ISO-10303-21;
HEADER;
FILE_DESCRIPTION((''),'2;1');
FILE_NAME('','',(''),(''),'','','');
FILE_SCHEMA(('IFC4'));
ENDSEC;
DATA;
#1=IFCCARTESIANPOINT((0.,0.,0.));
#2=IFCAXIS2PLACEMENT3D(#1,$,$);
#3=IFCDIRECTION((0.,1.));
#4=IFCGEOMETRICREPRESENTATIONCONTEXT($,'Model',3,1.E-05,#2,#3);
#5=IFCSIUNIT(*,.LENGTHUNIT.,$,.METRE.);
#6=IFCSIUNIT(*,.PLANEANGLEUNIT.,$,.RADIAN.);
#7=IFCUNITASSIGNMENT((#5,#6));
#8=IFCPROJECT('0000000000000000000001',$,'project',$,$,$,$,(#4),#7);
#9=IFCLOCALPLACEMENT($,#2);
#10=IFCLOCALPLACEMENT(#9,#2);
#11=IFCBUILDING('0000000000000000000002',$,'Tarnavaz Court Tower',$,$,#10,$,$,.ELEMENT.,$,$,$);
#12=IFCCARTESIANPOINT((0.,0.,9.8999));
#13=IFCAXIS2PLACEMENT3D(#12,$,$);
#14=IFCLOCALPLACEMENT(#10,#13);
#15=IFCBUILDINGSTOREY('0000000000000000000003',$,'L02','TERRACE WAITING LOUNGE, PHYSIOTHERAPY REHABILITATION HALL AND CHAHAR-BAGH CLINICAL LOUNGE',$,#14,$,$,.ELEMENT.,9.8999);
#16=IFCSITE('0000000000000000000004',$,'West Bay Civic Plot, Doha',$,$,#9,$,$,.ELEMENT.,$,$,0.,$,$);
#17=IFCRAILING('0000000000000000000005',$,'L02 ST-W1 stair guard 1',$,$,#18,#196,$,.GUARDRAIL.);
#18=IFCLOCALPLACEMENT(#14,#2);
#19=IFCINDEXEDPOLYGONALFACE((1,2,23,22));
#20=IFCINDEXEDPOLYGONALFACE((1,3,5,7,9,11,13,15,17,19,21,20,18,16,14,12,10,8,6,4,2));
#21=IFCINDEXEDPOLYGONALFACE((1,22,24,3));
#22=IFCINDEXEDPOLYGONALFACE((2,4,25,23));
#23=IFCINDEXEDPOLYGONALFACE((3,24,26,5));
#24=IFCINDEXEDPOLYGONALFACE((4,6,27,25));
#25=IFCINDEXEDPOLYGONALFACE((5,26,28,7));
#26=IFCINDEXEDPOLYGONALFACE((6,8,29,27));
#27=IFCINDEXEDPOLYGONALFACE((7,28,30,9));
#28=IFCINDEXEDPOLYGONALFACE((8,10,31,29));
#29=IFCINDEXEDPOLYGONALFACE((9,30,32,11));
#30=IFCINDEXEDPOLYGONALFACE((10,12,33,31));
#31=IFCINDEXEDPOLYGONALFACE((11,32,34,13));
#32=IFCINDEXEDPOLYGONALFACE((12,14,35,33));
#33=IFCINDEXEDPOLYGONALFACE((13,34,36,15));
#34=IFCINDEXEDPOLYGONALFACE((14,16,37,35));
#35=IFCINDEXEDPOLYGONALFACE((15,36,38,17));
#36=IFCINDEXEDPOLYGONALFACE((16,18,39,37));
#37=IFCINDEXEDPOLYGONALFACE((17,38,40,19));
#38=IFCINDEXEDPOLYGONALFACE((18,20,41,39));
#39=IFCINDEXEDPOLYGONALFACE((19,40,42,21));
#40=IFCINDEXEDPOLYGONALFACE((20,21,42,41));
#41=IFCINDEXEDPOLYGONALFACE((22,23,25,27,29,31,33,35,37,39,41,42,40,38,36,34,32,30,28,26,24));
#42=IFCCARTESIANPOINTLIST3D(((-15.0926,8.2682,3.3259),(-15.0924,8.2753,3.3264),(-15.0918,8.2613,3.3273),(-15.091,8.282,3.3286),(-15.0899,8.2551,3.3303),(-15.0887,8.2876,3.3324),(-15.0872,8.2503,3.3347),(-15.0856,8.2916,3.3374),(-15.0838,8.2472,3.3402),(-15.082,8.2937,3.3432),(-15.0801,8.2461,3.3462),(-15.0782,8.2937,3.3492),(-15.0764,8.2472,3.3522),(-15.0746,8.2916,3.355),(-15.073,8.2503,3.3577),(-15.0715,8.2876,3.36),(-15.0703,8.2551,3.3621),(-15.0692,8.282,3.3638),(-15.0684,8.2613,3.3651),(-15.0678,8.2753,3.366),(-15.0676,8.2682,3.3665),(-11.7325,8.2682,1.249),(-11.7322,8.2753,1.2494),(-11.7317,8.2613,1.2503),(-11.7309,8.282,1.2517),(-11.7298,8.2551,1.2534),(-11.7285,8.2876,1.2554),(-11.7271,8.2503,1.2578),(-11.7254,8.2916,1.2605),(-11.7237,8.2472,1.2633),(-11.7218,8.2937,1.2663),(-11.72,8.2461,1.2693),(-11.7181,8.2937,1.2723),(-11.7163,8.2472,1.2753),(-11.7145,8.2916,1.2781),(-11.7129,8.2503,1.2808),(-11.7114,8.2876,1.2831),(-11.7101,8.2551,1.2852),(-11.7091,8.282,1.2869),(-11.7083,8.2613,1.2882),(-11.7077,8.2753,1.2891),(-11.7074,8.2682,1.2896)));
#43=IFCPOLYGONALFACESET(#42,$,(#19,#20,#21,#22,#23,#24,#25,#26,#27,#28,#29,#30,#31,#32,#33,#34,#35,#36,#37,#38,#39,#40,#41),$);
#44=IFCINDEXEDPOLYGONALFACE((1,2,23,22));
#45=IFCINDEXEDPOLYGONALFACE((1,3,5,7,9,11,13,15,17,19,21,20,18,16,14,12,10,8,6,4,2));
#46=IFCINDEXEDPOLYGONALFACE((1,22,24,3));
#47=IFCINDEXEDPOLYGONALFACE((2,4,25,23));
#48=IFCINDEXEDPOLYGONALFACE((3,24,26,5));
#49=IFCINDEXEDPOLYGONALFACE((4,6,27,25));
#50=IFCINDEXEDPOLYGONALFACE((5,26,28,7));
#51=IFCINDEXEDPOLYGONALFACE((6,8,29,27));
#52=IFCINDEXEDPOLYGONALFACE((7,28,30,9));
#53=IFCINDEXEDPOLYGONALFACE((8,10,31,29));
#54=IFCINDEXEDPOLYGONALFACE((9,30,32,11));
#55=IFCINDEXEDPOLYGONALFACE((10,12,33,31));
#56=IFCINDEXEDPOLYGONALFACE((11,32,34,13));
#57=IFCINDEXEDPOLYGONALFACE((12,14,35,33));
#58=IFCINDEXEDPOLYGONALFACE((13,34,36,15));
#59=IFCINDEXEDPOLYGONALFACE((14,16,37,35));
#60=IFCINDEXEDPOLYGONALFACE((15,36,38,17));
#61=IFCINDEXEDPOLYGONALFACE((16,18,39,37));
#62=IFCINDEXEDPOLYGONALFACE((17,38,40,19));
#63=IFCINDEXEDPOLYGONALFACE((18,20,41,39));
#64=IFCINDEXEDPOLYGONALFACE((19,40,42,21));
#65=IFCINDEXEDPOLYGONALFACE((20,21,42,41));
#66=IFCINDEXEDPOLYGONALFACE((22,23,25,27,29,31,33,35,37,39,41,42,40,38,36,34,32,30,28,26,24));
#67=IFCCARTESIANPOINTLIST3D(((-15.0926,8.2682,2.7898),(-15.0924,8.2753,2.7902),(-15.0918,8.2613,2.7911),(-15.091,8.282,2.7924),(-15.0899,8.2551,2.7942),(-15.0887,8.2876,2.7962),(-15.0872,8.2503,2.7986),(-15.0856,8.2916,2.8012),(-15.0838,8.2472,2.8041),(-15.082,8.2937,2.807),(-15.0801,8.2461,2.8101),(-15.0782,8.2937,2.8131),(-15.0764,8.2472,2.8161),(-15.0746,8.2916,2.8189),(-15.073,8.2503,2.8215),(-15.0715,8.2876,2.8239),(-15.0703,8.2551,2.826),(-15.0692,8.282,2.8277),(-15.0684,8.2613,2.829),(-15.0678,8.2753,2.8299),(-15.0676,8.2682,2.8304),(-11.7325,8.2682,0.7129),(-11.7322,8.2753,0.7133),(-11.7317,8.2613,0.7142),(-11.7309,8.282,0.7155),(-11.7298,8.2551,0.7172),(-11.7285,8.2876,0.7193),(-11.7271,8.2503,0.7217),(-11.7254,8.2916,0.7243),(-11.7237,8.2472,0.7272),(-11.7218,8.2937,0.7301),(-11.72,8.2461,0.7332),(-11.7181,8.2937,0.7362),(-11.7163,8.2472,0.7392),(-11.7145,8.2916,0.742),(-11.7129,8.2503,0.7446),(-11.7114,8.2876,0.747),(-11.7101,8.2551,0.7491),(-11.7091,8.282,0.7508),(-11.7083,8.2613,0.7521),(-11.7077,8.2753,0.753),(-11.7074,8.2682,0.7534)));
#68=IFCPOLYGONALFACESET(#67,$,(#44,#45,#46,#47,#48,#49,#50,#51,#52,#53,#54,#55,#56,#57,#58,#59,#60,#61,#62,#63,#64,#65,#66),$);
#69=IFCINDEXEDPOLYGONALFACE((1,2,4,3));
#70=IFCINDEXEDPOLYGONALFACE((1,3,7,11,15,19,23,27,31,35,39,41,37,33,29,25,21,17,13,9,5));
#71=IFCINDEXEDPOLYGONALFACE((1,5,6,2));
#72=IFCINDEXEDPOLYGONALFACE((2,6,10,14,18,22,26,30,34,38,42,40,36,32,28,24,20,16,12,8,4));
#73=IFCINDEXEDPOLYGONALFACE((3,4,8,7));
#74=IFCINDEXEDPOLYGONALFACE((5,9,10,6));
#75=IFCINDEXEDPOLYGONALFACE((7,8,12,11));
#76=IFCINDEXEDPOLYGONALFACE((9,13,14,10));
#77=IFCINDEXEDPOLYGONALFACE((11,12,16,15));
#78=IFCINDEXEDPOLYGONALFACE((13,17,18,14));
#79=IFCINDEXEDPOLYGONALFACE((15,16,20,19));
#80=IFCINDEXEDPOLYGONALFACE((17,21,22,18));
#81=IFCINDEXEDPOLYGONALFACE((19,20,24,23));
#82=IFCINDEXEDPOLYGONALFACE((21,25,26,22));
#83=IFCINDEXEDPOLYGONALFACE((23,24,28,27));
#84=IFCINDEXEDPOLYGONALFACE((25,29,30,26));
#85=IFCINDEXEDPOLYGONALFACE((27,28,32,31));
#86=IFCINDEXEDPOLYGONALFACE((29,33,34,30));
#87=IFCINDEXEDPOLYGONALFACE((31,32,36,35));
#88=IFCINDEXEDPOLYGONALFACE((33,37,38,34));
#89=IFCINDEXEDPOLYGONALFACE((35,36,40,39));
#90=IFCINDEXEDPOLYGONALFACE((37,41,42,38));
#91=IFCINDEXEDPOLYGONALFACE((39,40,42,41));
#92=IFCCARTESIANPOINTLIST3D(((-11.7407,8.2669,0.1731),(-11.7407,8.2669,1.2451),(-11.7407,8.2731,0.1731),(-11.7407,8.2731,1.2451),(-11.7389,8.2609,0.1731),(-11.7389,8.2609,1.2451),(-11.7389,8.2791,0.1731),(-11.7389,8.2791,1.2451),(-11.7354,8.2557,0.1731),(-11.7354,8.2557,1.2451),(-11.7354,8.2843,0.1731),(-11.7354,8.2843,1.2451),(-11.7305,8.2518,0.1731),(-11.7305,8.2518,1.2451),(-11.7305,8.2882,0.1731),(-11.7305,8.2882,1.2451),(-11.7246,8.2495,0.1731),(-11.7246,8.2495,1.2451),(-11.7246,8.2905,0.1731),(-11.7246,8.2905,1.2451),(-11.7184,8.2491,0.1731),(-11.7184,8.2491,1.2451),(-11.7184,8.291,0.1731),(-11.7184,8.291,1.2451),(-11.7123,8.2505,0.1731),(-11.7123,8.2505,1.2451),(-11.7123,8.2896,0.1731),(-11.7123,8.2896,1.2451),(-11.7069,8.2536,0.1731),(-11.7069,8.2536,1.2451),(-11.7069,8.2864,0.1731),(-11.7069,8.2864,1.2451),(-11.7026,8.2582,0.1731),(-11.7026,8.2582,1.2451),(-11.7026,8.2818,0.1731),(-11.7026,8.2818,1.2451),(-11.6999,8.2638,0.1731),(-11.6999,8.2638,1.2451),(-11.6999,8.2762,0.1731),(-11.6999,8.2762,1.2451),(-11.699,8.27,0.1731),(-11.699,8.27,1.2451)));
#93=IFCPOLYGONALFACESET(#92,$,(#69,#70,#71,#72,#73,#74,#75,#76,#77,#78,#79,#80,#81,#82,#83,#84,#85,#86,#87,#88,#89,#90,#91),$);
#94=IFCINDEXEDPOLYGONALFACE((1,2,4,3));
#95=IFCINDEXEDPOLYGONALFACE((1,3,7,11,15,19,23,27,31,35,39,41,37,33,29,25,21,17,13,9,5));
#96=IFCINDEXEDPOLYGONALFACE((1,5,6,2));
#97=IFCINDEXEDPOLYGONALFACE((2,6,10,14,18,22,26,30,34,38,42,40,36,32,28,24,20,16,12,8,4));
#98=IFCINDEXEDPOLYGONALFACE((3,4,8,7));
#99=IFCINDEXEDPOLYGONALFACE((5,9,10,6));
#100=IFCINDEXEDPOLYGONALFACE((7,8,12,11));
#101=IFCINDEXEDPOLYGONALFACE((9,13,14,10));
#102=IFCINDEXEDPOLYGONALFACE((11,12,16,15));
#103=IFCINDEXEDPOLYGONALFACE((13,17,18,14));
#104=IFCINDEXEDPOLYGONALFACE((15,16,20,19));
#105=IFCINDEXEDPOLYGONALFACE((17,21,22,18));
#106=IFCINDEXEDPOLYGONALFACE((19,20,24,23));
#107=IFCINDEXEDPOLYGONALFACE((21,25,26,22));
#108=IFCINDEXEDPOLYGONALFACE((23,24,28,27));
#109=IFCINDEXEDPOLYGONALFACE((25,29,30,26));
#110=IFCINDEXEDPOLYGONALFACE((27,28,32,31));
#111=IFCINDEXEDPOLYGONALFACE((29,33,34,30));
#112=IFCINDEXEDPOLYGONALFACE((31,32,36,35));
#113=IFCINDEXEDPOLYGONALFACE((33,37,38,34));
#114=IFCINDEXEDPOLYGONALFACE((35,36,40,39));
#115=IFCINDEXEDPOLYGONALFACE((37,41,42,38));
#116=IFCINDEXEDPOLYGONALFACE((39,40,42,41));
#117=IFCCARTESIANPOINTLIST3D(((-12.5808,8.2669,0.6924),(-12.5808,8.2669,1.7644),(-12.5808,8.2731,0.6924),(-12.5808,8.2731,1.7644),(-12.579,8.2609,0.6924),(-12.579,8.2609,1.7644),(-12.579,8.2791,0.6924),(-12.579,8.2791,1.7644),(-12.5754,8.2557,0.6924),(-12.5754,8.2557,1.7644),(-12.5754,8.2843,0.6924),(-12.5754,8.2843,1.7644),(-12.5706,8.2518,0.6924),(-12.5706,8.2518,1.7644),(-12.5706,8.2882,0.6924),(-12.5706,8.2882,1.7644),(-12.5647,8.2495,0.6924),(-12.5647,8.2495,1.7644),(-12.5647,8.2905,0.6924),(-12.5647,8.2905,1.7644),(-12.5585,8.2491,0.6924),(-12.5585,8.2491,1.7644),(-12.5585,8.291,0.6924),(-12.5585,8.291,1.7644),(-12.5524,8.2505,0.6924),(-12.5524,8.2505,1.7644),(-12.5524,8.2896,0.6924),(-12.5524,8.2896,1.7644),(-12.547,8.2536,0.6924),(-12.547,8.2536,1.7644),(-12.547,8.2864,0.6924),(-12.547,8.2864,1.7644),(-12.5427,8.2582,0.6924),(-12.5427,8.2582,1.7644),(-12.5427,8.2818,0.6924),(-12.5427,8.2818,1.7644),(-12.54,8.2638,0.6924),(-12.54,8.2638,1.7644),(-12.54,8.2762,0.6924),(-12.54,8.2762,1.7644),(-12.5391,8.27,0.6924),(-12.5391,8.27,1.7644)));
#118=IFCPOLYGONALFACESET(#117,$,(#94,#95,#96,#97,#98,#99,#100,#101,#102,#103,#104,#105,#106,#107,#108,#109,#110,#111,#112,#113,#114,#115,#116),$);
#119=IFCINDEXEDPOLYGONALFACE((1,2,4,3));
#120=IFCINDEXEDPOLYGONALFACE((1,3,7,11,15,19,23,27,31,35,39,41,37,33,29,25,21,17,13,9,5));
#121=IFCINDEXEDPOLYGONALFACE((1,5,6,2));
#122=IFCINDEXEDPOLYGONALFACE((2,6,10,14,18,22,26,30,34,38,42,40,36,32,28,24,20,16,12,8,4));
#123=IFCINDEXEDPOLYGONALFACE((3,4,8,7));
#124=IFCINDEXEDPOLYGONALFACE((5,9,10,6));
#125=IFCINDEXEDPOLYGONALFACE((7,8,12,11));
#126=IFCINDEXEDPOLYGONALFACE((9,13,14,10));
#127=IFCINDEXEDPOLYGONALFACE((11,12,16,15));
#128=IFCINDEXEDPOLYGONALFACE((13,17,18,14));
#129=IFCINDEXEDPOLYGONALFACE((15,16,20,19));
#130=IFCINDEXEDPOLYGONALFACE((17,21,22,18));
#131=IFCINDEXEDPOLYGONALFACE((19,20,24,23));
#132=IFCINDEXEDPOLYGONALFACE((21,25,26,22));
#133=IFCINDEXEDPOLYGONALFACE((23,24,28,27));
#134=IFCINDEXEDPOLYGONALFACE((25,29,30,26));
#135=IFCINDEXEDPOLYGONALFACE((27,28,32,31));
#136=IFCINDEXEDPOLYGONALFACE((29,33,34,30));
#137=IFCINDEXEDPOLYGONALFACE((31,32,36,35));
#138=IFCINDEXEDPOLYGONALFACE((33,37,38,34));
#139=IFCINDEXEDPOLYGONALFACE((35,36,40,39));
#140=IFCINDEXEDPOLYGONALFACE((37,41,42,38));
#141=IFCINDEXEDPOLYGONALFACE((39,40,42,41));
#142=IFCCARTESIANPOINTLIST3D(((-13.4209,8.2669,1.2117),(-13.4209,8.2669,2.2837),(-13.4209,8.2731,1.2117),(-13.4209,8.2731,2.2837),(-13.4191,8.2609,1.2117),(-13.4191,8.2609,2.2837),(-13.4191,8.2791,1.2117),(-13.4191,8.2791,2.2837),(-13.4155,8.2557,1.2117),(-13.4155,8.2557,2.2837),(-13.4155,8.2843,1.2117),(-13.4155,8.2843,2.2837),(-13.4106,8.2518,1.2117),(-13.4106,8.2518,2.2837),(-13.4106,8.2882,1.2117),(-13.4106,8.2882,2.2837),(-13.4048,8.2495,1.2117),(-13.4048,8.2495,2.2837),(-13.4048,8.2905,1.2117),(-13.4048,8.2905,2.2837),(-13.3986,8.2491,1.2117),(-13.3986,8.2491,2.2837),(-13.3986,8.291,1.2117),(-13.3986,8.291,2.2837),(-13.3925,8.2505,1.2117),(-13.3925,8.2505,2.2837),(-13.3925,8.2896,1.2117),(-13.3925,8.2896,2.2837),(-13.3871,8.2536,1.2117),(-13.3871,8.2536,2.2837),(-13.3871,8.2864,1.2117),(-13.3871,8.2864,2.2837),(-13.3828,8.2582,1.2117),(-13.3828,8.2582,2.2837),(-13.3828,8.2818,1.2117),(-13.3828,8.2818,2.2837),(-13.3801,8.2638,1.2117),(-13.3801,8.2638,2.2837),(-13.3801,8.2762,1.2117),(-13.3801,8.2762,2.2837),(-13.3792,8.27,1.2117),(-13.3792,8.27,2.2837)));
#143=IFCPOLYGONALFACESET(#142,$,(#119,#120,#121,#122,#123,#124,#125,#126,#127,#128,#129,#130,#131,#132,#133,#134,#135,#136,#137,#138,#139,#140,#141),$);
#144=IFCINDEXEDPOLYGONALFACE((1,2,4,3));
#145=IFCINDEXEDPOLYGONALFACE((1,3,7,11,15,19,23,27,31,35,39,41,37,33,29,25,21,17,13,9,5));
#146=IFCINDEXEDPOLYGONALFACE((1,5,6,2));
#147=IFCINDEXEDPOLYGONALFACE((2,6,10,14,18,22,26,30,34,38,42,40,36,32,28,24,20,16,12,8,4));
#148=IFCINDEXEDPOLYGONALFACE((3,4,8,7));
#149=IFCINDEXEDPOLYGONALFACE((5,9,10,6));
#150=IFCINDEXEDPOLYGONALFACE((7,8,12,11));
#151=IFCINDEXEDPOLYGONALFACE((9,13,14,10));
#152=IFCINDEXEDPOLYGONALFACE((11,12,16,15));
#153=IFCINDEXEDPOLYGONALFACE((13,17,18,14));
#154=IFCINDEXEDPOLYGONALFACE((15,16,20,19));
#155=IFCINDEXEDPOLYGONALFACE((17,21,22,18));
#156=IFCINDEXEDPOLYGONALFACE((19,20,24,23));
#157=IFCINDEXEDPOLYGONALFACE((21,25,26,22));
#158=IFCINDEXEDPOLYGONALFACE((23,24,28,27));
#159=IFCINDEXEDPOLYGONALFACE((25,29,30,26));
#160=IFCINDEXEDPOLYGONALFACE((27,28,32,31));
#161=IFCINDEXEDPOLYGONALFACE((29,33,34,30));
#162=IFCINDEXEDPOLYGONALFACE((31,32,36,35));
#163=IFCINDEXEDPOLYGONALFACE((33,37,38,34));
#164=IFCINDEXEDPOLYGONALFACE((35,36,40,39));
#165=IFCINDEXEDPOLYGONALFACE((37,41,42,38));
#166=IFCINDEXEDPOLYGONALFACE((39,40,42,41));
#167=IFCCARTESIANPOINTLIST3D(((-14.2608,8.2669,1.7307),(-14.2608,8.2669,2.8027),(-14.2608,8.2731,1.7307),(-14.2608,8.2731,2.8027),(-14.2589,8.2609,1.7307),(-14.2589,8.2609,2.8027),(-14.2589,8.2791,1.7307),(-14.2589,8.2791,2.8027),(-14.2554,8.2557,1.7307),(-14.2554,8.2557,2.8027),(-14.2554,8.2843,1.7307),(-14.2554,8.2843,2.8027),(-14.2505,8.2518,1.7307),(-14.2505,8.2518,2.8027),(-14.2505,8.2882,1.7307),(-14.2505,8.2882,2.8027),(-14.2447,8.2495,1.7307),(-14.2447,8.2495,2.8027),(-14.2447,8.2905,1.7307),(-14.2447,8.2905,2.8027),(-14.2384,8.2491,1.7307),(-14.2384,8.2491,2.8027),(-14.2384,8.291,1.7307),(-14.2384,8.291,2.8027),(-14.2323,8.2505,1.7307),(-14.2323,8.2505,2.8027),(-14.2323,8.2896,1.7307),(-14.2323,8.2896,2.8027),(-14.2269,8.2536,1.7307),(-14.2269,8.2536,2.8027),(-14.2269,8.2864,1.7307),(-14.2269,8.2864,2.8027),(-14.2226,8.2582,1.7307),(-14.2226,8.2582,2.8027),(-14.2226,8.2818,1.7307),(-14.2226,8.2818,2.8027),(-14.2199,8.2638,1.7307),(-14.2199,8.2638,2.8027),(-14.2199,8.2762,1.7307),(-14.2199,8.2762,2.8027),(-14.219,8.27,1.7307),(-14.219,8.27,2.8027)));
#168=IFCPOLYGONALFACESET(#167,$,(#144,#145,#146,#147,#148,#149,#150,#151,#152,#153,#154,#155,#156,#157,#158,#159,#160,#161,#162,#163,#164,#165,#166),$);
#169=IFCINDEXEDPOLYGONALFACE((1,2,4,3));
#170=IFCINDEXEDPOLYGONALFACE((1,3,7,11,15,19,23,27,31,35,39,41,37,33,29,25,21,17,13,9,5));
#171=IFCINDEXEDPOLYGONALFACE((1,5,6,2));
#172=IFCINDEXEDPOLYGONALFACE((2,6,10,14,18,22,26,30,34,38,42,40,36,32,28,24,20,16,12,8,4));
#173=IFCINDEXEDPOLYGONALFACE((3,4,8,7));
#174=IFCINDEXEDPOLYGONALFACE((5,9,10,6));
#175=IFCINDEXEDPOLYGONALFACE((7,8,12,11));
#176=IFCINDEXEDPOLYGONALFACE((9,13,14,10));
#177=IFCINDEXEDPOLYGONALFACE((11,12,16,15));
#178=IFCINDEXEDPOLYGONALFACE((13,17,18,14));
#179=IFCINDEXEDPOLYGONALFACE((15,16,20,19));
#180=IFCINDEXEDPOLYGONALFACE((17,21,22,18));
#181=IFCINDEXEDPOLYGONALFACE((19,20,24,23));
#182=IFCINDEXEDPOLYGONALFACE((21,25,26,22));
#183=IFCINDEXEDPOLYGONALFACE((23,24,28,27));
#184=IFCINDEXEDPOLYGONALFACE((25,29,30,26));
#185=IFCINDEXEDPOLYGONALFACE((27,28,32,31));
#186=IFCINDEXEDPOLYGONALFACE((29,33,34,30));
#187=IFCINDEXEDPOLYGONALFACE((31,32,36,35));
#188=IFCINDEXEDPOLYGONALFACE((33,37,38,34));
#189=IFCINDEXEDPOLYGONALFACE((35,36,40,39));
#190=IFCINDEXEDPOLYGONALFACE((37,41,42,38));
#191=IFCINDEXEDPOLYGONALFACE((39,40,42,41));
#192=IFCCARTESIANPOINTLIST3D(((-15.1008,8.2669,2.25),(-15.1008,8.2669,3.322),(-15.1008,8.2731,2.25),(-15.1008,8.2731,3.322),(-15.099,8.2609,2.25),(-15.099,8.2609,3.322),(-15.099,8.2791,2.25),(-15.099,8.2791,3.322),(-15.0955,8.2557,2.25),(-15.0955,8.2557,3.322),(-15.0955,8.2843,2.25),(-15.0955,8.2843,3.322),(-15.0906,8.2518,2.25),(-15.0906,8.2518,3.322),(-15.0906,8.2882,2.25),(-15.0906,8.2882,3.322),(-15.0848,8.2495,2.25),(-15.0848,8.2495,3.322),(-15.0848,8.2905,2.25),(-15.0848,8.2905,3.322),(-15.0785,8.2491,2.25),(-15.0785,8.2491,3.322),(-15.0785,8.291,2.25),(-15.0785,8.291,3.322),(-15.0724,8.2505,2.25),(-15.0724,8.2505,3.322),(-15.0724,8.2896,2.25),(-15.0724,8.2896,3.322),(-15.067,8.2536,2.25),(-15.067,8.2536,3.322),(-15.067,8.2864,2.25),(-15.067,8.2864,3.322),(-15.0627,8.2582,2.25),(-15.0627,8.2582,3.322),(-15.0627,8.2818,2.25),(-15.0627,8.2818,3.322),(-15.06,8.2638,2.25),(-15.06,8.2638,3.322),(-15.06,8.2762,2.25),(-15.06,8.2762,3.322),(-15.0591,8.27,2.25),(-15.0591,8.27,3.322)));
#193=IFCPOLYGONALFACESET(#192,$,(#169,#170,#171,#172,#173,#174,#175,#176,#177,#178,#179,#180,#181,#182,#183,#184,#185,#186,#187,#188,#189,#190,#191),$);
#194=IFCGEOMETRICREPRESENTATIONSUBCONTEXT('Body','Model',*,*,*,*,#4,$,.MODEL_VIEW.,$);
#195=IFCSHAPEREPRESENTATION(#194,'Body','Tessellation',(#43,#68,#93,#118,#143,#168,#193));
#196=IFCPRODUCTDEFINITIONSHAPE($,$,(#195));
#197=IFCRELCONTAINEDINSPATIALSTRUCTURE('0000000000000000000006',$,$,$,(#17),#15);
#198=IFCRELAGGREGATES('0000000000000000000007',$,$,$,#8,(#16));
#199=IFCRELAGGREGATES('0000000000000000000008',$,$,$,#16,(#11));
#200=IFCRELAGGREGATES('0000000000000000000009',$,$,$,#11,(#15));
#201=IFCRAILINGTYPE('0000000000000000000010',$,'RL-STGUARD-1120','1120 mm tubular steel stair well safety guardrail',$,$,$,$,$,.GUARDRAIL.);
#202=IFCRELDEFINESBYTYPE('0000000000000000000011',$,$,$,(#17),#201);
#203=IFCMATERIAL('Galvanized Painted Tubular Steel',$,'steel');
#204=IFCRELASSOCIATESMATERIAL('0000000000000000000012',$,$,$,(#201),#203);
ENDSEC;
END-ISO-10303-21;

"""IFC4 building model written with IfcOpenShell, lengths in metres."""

from ifc_helpers import new_model, si_unit, direction, frame, origin, origin_2d, place, context, subcontext, project, spatial, circle, extrude, material, type_object, element, save


model = new_model("IFC4")

# Units and contexts
model_context = context("Model", 3, precision=1e-05, world=origin(), true_north=direction((0.0, 1.0)))
body_context = subcontext(model_context, "Body", "Model", "MODEL_VIEW")
ifc_project = project(units=[si_unit("LENGTHUNIT", "METRE"), si_unit("PLANEANGLEUNIT", "RADIAN")], contexts=[model_context])

# Site, building, storey
site_placement = place(None, origin())
site = spatial("IfcSite", under=ifc_project, at=site_placement, Name="West Bay Civic Plot, Doha", CompositionType="ELEMENT", RefElevation=0.0)
building_placement = place(site_placement, origin())
building = spatial("IfcBuilding", under=site, at=building_placement, Name="Tarnavaz Court Tower", CompositionType="ELEMENT")
storey_placement = place(building_placement, frame((0.0, 0.0, 9.8999)))
storey = spatial("IfcBuildingStorey", under=building, at=storey_placement, Name="L02", Description="TERRACE WAITING LOUNGE, PHYSIOTHERAPY REHABILITATION HALL AND CHAHAR-BAGH CLINICAL LOUNGE", CompositionType="ELEMENT", Elevation=9.8999)

# Railing
ifc_material_1 = material(Name="Galvanized Painted Tubular Steel", Category="steel")
railing_type_1 = type_object("IfcRailingType", Name="RL-STGUARD-1120", Description="1120 mm tubular steel stair well safety guardrail", PredefinedType="GUARDRAIL", material=ifc_material_1)
railing_1_placement = place(storey_placement, frame((-11.72, 8.27, 0.1731)))
element("IfcRailing", 1, at=railing_1_placement, inside=storey, type_object=railing_type_1, Name="L02 ST-W1 stair guard 1", PredefinedType="GUARDRAIL", context=body_context, shape_type="SweptSolid", body=[
    extrude(circle(Radius=0.0239, at=origin_2d()), frame((0.0, 0.0, 1.0962), z_axis=(-0.850623, 0.0, 0.525776), x_axis=(0.0, -1.0, 0.0)), (0.0, 0.0, 1.0), 3.9502),
    extrude(circle(Radius=0.0239, at=origin_2d()), frame((0.0, 0.0, 0.5601), z_axis=(-0.850623, 0.0, 0.525776), x_axis=(0.0, -1.0, 0.0)), (0.0, 0.0, 1.0), 3.9502),
    extrude(circle(Radius=0.021, at=origin_2d()), origin(), (0.0, 0.0, 1.0), 1.072),
    extrude(circle(Radius=0.021, at=origin_2d()), frame((-0.8401, 0.0, 0.5193)), (0.0, 0.0, 1.0), 1.072),
    extrude(circle(Radius=0.021, at=origin_2d()), frame((-1.6802, 0.0, 1.0386)), (0.0, 0.0, 1.0), 1.072),
    extrude(circle(Radius=0.021, at=origin_2d()), frame((-2.52, 0.0, 1.5576)), (0.0, 0.0, 1.0), 1.072),
    extrude(circle(Radius=0.021, at=origin_2d()), frame((-3.3601, 0.0, 2.0769)), (0.0, 0.0, 1.0), 1.072),
])

save(model, "model.ifc")
